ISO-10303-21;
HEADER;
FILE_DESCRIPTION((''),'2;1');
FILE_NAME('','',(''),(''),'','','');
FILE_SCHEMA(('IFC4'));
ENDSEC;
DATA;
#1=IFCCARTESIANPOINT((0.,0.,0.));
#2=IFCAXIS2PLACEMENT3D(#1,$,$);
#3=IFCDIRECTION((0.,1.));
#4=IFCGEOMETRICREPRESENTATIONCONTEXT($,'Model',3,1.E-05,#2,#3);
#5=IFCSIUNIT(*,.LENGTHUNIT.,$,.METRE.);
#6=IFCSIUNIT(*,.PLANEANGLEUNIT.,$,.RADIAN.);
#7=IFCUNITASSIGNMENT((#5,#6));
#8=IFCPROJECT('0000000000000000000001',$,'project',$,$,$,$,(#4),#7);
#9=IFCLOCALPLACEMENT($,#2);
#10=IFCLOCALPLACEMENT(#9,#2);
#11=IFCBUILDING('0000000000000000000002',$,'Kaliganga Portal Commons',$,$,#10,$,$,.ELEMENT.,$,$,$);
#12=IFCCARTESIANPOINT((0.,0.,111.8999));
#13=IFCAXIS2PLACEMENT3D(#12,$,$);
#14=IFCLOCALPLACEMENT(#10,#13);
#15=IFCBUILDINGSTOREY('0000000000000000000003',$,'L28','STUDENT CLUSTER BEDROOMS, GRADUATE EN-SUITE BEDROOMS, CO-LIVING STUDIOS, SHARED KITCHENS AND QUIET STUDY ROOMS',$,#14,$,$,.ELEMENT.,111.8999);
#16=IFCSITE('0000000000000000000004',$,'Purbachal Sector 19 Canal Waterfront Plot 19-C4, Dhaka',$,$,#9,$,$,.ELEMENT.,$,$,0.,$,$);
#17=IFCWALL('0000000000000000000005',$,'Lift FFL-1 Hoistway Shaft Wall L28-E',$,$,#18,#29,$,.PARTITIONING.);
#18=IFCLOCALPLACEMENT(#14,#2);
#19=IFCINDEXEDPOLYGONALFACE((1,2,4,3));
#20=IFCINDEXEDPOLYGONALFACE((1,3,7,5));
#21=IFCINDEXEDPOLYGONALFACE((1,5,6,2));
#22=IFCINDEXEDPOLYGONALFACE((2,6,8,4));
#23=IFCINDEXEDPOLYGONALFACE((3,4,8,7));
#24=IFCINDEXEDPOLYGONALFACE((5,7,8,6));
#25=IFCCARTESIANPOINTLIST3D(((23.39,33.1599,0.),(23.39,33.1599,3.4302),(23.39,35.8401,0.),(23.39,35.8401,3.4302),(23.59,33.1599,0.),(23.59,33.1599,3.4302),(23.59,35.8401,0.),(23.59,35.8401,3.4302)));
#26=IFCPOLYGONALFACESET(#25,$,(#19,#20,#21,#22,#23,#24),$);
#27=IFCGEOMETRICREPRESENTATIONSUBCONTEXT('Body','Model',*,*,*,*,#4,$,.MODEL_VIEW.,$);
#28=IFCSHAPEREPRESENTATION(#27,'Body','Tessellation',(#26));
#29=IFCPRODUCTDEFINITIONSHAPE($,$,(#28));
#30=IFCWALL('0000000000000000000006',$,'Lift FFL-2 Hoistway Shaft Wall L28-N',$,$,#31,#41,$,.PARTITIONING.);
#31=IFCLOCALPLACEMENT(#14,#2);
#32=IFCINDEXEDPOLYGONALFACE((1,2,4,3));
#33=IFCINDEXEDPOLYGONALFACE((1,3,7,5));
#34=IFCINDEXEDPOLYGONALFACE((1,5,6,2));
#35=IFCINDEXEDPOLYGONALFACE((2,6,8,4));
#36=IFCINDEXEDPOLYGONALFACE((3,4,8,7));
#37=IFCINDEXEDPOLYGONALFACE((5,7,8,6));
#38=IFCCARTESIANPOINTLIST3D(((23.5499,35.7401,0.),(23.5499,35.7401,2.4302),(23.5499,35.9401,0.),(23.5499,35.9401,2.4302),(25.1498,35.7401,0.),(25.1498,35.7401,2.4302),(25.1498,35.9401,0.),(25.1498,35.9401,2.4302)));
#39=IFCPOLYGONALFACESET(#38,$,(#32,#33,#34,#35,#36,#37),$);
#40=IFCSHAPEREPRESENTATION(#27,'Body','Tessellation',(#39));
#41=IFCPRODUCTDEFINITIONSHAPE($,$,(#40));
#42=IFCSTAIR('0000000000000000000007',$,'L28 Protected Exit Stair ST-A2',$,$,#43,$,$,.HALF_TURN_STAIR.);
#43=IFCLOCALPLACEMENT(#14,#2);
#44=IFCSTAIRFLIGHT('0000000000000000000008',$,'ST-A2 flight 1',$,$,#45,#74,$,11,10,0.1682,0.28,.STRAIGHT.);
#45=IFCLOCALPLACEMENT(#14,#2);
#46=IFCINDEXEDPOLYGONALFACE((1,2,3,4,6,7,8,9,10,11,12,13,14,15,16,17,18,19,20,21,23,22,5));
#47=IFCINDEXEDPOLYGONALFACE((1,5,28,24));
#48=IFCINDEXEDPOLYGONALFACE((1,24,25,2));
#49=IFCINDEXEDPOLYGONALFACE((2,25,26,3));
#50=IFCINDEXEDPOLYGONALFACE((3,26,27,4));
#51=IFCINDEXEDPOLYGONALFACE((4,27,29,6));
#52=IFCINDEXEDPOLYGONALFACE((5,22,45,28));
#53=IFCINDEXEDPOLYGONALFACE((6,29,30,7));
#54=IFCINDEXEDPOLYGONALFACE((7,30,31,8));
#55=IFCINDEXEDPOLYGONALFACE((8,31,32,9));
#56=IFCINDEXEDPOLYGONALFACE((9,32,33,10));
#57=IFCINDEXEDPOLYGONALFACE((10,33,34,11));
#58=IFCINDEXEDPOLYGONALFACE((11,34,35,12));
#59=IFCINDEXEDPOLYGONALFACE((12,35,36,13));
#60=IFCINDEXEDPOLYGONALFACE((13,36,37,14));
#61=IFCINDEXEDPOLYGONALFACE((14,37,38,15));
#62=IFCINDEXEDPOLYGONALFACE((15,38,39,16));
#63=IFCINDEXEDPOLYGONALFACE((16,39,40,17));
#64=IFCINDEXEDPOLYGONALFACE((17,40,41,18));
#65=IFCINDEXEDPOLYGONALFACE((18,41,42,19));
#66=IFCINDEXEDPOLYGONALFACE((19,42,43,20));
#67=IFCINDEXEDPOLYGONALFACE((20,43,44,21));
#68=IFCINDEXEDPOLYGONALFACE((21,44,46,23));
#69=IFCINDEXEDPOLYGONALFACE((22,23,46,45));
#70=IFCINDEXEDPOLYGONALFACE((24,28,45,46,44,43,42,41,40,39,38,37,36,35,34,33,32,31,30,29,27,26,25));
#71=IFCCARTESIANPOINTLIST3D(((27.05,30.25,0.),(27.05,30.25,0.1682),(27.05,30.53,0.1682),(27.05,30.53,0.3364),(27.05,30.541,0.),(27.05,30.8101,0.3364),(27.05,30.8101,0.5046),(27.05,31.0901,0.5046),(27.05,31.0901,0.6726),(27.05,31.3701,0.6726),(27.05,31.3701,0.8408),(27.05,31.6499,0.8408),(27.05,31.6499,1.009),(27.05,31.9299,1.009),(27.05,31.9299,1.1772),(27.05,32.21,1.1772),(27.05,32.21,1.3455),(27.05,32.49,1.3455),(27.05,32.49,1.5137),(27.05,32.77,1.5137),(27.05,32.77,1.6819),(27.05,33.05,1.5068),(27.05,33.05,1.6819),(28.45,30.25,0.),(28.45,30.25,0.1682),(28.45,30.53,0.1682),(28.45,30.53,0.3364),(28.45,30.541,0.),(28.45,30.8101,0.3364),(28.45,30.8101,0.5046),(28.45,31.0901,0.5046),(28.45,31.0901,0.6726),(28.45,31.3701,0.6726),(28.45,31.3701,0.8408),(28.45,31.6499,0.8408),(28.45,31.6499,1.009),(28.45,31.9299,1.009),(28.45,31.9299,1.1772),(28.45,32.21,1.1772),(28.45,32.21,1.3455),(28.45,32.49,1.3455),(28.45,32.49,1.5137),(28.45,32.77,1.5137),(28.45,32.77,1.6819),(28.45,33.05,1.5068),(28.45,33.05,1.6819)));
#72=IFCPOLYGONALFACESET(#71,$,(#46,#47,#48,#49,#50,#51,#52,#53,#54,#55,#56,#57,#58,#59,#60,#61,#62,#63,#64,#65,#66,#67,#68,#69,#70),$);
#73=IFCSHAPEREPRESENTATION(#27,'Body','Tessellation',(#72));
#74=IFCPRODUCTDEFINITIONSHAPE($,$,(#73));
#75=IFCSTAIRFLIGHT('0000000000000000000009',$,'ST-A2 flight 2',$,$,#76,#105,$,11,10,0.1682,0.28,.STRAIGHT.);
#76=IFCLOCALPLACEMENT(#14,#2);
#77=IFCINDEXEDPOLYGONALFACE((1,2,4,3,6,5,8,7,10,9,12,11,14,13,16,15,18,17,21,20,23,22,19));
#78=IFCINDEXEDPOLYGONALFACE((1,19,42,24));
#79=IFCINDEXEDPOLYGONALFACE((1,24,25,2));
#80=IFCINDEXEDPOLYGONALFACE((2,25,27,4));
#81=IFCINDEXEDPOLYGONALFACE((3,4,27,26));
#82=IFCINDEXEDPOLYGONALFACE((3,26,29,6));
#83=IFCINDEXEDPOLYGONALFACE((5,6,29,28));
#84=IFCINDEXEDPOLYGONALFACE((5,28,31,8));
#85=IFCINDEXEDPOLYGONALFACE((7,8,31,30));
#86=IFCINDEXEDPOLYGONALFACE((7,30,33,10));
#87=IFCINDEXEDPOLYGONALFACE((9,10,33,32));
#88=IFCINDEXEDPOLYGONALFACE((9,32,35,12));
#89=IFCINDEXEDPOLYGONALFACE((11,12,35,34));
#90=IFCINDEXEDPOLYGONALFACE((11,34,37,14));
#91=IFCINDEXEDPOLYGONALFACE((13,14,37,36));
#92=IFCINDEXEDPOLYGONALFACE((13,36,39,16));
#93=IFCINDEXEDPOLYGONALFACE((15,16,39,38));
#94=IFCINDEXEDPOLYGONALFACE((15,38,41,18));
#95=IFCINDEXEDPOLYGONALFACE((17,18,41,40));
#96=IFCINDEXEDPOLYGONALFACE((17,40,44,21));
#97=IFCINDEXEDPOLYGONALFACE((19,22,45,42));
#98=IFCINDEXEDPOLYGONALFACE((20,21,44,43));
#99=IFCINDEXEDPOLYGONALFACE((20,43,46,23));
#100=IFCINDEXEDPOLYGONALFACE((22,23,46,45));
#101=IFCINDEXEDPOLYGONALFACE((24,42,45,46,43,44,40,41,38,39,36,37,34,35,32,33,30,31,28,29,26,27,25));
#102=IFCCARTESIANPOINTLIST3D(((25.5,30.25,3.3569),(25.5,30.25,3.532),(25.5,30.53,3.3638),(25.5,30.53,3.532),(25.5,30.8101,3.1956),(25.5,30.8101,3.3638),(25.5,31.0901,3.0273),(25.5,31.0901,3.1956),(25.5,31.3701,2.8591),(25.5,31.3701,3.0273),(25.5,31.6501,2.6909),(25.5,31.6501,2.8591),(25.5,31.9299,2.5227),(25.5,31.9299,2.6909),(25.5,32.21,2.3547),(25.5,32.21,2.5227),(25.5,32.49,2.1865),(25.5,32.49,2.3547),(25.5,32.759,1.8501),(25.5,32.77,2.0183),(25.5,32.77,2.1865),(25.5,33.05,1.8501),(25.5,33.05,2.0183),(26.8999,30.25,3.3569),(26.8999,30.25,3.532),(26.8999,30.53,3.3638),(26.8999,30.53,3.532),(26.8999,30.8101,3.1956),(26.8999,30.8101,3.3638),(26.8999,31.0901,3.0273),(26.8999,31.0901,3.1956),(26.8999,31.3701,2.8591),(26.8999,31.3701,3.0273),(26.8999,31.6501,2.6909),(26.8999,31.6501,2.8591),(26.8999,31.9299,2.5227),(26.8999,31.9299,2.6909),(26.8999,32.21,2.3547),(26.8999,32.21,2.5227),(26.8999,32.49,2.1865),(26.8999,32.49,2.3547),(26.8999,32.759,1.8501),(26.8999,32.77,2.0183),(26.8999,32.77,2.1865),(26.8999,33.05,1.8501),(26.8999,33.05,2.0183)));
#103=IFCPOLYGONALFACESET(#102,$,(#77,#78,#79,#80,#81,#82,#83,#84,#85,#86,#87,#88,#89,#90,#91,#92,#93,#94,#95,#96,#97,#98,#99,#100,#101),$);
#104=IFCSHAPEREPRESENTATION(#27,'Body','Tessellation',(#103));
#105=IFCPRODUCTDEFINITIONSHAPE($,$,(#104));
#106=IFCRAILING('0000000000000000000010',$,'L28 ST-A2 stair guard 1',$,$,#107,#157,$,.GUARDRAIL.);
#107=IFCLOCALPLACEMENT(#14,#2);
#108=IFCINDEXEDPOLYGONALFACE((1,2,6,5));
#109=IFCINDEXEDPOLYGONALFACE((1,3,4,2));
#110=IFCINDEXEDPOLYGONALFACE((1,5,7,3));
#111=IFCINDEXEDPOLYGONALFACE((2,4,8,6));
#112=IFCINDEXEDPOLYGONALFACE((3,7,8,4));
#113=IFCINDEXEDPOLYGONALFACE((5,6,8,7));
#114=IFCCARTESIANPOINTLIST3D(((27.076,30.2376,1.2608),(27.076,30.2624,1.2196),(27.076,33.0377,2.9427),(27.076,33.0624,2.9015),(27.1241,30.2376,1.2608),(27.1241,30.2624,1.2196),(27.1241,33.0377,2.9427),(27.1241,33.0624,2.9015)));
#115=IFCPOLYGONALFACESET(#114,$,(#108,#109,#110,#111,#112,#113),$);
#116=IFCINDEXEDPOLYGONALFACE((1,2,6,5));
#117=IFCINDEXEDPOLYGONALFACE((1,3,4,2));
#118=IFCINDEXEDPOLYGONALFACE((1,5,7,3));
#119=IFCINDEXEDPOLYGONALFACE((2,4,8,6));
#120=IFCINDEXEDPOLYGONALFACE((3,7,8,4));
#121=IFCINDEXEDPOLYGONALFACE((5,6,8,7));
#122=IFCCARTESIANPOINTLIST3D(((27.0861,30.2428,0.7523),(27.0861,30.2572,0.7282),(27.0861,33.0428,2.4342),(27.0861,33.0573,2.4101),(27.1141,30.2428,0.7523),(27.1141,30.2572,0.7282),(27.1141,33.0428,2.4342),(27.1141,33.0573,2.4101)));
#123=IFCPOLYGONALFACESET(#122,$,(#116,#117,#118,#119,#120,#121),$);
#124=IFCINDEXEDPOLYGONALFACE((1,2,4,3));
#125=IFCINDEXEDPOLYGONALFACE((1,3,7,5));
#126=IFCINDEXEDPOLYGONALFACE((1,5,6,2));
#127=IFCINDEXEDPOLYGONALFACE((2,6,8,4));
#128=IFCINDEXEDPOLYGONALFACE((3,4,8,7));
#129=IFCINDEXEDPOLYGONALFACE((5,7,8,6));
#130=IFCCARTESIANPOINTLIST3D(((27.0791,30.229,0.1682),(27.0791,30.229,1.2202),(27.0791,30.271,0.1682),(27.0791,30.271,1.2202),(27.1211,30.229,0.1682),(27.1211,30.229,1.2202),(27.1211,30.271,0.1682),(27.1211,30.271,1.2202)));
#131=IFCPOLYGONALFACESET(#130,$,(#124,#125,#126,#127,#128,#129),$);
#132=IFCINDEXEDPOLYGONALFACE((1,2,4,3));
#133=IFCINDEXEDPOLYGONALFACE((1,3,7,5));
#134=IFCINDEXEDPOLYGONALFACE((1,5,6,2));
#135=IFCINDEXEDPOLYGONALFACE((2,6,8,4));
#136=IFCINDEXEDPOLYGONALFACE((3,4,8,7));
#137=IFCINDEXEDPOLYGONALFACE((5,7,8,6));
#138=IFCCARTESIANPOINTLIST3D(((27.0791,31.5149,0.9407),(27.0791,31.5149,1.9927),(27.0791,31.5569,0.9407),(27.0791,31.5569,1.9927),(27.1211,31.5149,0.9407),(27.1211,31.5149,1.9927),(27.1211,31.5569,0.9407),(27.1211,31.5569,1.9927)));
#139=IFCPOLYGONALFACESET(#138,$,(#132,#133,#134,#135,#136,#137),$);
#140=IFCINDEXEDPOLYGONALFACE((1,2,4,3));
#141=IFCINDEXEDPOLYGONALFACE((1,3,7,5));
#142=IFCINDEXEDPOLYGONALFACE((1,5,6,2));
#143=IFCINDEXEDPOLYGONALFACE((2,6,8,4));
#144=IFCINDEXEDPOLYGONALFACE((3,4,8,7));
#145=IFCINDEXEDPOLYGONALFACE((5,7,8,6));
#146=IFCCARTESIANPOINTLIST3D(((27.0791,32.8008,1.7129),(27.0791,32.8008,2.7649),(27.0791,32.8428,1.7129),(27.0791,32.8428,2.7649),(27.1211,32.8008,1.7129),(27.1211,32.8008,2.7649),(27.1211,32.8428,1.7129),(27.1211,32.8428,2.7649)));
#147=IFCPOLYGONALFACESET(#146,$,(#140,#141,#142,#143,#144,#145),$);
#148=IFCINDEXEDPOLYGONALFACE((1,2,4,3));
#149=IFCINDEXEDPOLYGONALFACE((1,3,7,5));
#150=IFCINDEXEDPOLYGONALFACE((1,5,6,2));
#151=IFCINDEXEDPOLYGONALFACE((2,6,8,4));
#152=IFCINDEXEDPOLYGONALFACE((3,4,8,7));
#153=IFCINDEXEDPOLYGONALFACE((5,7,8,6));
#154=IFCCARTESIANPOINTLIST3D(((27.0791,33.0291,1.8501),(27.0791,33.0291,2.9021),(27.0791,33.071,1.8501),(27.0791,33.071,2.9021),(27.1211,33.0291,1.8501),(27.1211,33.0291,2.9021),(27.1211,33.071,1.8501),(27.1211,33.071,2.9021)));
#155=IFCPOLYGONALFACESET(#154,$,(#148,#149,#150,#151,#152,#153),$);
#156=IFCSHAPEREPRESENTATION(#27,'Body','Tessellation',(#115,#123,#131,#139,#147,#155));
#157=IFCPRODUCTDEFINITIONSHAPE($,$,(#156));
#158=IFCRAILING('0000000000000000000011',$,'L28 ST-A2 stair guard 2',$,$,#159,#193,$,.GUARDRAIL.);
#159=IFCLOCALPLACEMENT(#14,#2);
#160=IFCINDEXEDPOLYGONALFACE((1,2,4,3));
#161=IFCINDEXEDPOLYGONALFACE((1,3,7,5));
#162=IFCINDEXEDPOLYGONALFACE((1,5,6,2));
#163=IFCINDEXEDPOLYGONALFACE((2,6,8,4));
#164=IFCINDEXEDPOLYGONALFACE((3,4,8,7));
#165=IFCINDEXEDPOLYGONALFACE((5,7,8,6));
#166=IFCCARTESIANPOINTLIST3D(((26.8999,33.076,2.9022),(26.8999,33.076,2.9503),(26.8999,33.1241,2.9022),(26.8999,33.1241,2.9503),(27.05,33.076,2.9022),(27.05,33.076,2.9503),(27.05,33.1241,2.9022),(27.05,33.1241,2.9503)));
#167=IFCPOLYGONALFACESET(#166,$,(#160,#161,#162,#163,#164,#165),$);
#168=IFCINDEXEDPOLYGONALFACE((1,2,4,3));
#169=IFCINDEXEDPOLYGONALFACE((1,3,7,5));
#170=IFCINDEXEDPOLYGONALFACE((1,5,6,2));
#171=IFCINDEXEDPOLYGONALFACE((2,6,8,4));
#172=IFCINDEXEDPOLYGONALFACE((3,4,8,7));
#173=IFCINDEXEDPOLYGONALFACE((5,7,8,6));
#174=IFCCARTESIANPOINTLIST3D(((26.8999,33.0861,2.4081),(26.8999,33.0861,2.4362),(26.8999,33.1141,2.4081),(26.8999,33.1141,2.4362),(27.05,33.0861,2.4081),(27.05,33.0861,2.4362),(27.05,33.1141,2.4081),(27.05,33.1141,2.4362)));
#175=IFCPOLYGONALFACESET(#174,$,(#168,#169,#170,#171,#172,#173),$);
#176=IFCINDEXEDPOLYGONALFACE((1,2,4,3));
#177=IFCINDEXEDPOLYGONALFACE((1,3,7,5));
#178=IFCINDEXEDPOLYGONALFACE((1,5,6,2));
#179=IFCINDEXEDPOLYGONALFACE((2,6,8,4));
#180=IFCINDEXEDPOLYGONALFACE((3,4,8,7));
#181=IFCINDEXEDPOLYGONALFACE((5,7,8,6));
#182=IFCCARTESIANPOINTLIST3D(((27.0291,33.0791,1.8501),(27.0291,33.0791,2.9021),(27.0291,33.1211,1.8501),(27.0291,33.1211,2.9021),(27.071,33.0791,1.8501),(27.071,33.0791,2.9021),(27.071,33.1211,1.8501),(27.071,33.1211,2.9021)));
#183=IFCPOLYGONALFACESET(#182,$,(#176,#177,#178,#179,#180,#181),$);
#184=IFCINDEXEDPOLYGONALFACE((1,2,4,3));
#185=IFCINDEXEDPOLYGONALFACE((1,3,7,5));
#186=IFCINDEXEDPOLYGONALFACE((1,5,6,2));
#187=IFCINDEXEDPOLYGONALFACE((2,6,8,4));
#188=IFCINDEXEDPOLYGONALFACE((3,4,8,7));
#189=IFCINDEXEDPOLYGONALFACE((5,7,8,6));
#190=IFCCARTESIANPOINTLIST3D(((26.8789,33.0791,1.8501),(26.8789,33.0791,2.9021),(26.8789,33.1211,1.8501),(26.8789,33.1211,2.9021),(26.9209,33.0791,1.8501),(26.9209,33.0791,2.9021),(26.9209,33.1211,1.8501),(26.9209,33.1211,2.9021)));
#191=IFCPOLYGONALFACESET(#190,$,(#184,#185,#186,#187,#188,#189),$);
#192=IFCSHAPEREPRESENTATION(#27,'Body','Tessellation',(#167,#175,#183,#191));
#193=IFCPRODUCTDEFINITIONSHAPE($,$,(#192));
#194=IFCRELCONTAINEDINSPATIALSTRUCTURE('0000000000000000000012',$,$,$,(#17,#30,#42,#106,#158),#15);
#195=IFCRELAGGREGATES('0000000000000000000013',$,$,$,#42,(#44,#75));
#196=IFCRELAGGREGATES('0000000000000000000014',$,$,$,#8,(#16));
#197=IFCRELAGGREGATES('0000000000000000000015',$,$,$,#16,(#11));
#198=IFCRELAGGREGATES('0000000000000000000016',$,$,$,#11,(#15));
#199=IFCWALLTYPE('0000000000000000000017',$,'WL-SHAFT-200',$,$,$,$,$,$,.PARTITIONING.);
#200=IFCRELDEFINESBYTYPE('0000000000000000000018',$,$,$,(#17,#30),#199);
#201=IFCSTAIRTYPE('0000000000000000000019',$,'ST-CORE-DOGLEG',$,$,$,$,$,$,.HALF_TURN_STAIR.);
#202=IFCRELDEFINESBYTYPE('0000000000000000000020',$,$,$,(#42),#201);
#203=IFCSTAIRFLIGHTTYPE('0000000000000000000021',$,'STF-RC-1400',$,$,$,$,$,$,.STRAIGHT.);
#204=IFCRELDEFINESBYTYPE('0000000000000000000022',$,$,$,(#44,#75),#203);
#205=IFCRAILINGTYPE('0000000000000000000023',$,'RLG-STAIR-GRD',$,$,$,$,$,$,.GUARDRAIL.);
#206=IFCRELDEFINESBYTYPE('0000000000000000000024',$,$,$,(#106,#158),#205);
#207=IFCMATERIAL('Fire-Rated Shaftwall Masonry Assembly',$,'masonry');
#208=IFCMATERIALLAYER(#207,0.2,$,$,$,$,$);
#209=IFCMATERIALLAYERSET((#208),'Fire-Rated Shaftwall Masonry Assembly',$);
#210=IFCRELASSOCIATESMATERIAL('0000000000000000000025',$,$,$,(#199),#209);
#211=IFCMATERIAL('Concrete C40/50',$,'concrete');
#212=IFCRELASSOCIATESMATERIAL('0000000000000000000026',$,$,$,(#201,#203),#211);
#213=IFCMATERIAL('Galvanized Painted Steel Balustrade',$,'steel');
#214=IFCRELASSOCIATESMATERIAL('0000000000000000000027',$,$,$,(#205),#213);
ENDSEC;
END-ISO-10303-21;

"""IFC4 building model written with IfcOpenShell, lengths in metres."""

from ifc_helpers import new_model, si_unit, direction, frame, frame_2d, origin, origin_2d, place, context, subcontext, project, spatial, polyline, rectangle, outline, extrude, material, layer, layer_set, type_object, element, aggregate, save


model = new_model("IFC4")

# Units and contexts
model_context = context("Model", 3, precision=1e-05, world=origin(), true_north=direction((0.0, 1.0)))
body_context = subcontext(model_context, "Body", "Model", "MODEL_VIEW")
ifc_project = project(units=[si_unit("LENGTHUNIT", "METRE"), si_unit("PLANEANGLEUNIT", "RADIAN")], contexts=[model_context])

# Site, building, storey
site_placement = place(None, origin())
site = spatial("IfcSite", under=ifc_project, at=site_placement, Name="Purbachal Sector 19 Canal Waterfront Plot 19-C4, Dhaka", CompositionType="ELEMENT", RefElevation=0.0)
building_placement = place(site_placement, origin())
building = spatial("IfcBuilding", under=site, at=building_placement, Name="Kaliganga Portal Commons", CompositionType="ELEMENT")
storey_placement = place(building_placement, frame((0.0, 0.0, 111.8999)))
storey = spatial("IfcBuildingStorey", under=building, at=storey_placement, Name="L28", Description="STUDENT CLUSTER BEDROOMS, GRADUATE EN-SUITE BEDROOMS, CO-LIVING STUDIOS, SHARED KITCHENS AND QUIET STUDY ROOMS", CompositionType="ELEMENT", Elevation=111.8999)

# Shared definitions
ifc_material_1 = material(Name="Fire-Rated Shaftwall Masonry Assembly", Category="masonry")
ifc_layer_1 = layer(ifc_material_1, 0.2)
ifc_layer_set_1 = layer_set([ifc_layer_1], Name="Fire-Rated Shaftwall Masonry Assembly")
wall_type_1 = type_object("IfcWallType", Name="WL-SHAFT-200", PredefinedType="PARTITIONING", material=ifc_layer_set_1)

# Wall
wall_1_placement = place(storey_placement, frame((23.49, 33.1599, 0.0), z_axis=(0.0, 0.0, 1.0), x_axis=(0.0, 1.0, 0.0)))
element("IfcWall", 1, at=wall_1_placement, inside=storey, type_object=wall_type_1, Name="Lift FFL-1 Hoistway Shaft Wall L28-E", PredefinedType="PARTITIONING", context=body_context, shape_type="SweptSolid", body=[
    extrude(rectangle(XDim=2.6802, YDim=0.2, at=frame_2d((1.3401, 0.0))), origin(), (0.0, 0.0, 1.0), 3.4302),
])

# Wall
wall_2_placement = place(storey_placement, frame((23.55, 35.8401, 0.0), z_axis=(0.0, 0.0, 1.0), x_axis=(1.0, 0.0, 0.0)))
element("IfcWall", 2, at=wall_2_placement, inside=storey, type_object=wall_type_1, Name="Lift FFL-2 Hoistway Shaft Wall L28-N", PredefinedType="PARTITIONING", context=body_context, shape_type="SweptSolid", body=[
    extrude(rectangle(XDim=1.5999, YDim=0.2, at=frame_2d((0.7998, 0.0))), origin(), (0.0, 0.0, 1.0), 2.4302),
])

# Stair, stair flights
ifc_material_2 = material(Name="Concrete C40/50", Category="concrete")
stair_type = type_object("IfcStairType", Name="ST-CORE-DOGLEG", PredefinedType="HALF_TURN_STAIR", material=ifc_material_2)
stair_placement = place(storey_placement, origin())
stair = element("IfcStair", 3, at=stair_placement, inside=storey, type_object=stair_type, Name="L28 Protected Exit Stair ST-A2", PredefinedType="HALF_TURN_STAIR")
stair_flight_type = type_object("IfcStairFlightType", Name="STF-RC-1400", PredefinedType="STRAIGHT", material=ifc_material_2)
stair_flight_1_placement = place(storey_placement, frame((27.75, 30.25, 0.0), z_axis=(0.0, 0.0, 1.0), x_axis=(0.0, 1.0, 0.0)))
stair_flight_1 = element("IfcStairFlight", 4, at=stair_flight_1_placement, type_object=stair_flight_type, Name="ST-A2 flight 1", NumberOfRisers=11, NumberOfTreads=10, PredefinedType="STRAIGHT", RiserHeight=0.1682, TreadLength=0.28, context=body_context, shape_type="SweptSolid", body=[
    extrude(outline(polyline([(0.0, 0.0), (0.0, 0.1682), (0.28, 0.1682), (0.28, 0.3364), (0.5601, 0.3364), (0.5601, 0.5046), (0.8401, 0.5046), (0.8401, 0.6726), (1.1201, 0.6726), (1.1201, 0.8408), (1.3999, 0.8408), (1.3999, 1.009), (1.6799, 1.009), (1.6799, 1.1772), (1.96, 1.1772), (1.96, 1.3455), (2.24, 1.3455), (2.24, 1.5137), (2.52, 1.5137), (2.52, 1.6819), (2.8, 1.6819), (2.8, 1.8501), (2.8, 1.5068), (0.291, 0.0), (0.0, 0.0)])), frame((0.0, 0.7, 0.0), z_axis=(0.0, -1.0, 0.0), x_axis=(1.0, 0.0, 0.0)), (0.0, 0.0, 1.0), 1.3999),
])
stair_flight_2_placement = place(storey_placement, frame((26.2, 33.05, 1.8501), z_axis=(0.0, 0.0, 1.0), x_axis=(0.0, -1.0, 0.0)))
stair_flight_2 = element("IfcStairFlight", 5, at=stair_flight_2_placement, type_object=stair_flight_type, Name="ST-A2 flight 2", NumberOfRisers=11, NumberOfTreads=10, PredefinedType="STRAIGHT", RiserHeight=0.1682, TreadLength=0.28, context=body_context, shape_type="SweptSolid", body=[
    extrude(outline(polyline([(0.0, 0.0), (0.0, 0.1682), (0.28, 0.1682), (0.28, 0.3364), (0.5601, 0.3364), (0.5601, 0.5046), (0.8401, 0.5046), (0.8401, 0.6726), (1.1201, 0.6726), (1.1201, 0.8408), (1.3999, 0.8408), (1.3999, 1.009), (1.6799, 1.009), (1.6799, 1.1772), (1.96, 1.1772), (1.96, 1.3455), (2.24, 1.3455), (2.24, 1.5137), (2.52, 1.5137), (2.52, 1.6819), (2.8, 1.6819), (2.8, 1.8501), (2.8, 1.5068), (0.291, 0.0), (0.0, 0.0)])), frame((0.0, 0.7, 0.0), z_axis=(0.0, -1.0, 0.0), x_axis=(1.0, 0.0, 0.0)), (0.0, 0.0, 1.0), 1.3999),
])
aggregate(stair, [stair_flight_1, stair_flight_2])

# Railings
ifc_material_3 = material(Name="Galvanized Painted Steel Balustrade", Category="steel")
railing_type_1 = type_object("IfcRailingType", Name="RLG-STAIR-GRD", PredefinedType="GUARDRAIL", material=ifc_material_3)
railing_1_placement = place(storey_placement, frame((27.1001, 30.25, 0.1682)))
element("IfcRailing", 6, at=railing_1_placement, inside=storey, type_object=railing_type_1, Name="L28 ST-A2 stair guard 1", PredefinedType="GUARDRAIL", context=body_context, shape_type="SweptSolid", body=[
    extrude(rectangle(XDim=0.0481, YDim=0.0481, at=origin_2d()), frame((0.0, 0.0, 1.072), z_axis=(0.0, 0.857242, 0.514913), x_axis=(-1.0, 0.0, 0.0)), (0.0, 0.0, 1.0), 3.2664),
    extrude(rectangle(XDim=0.0281, YDim=0.0281, at=origin_2d()), frame((0.0, 0.0, 0.572), z_axis=(0.0, 0.857242, 0.514913), x_axis=(-1.0, 0.0, 0.0)), (0.0, 0.0, 1.0), 3.2664),
    extrude(rectangle(XDim=0.042, YDim=0.042, at=origin_2d()), origin(), (0.0, 0.0, 1.0), 1.052),
    extrude(rectangle(XDim=0.042, YDim=0.042, at=origin_2d()), frame((0.0, 1.2859, 0.7725)), (0.0, 0.0, 1.0), 1.052),
    extrude(rectangle(XDim=0.042, YDim=0.042, at=origin_2d()), frame((0.0, 2.5718, 1.5447)), (0.0, 0.0, 1.0), 1.052),
    extrude(rectangle(XDim=0.042, YDim=0.042, at=origin_2d()), frame((0.0, 2.8, 1.6819)), (0.0, 0.0, 1.0), 1.052),
])
railing_2_placement = place(storey_placement, frame((27.05, 33.1001, 1.8501)))
element("IfcRailing", 7, at=railing_2_placement, inside=storey, type_object=railing_type_1, Name="L28 ST-A2 stair guard 2", PredefinedType="GUARDRAIL", context=body_context, shape_type="SweptSolid", body=[
    extrude(rectangle(XDim=0.0481, YDim=0.0481, at=origin_2d()), frame((0.0, 0.0, 1.0762), z_axis=(-1.0, 0.0, 0.0), x_axis=(0.0, -1.0, 0.0)), (0.0, 0.0, 1.0), 0.1501),
    extrude(rectangle(XDim=0.0281, YDim=0.0281, at=origin_2d()), frame((0.0, 0.0, 0.572), z_axis=(-1.0, 0.0, 0.0), x_axis=(0.0, -1.0, 0.0)), (0.0, 0.0, 1.0), 0.1501),
    extrude(rectangle(XDim=0.042, YDim=0.042, at=origin_2d()), origin(), (0.0, 0.0, 1.0), 1.052),
    extrude(rectangle(XDim=0.042, YDim=0.042, at=origin_2d()), frame((-0.1501, 0.0, 0.0)), (0.0, 0.0, 1.0), 1.052),
])

save(model, "model.ifc")
